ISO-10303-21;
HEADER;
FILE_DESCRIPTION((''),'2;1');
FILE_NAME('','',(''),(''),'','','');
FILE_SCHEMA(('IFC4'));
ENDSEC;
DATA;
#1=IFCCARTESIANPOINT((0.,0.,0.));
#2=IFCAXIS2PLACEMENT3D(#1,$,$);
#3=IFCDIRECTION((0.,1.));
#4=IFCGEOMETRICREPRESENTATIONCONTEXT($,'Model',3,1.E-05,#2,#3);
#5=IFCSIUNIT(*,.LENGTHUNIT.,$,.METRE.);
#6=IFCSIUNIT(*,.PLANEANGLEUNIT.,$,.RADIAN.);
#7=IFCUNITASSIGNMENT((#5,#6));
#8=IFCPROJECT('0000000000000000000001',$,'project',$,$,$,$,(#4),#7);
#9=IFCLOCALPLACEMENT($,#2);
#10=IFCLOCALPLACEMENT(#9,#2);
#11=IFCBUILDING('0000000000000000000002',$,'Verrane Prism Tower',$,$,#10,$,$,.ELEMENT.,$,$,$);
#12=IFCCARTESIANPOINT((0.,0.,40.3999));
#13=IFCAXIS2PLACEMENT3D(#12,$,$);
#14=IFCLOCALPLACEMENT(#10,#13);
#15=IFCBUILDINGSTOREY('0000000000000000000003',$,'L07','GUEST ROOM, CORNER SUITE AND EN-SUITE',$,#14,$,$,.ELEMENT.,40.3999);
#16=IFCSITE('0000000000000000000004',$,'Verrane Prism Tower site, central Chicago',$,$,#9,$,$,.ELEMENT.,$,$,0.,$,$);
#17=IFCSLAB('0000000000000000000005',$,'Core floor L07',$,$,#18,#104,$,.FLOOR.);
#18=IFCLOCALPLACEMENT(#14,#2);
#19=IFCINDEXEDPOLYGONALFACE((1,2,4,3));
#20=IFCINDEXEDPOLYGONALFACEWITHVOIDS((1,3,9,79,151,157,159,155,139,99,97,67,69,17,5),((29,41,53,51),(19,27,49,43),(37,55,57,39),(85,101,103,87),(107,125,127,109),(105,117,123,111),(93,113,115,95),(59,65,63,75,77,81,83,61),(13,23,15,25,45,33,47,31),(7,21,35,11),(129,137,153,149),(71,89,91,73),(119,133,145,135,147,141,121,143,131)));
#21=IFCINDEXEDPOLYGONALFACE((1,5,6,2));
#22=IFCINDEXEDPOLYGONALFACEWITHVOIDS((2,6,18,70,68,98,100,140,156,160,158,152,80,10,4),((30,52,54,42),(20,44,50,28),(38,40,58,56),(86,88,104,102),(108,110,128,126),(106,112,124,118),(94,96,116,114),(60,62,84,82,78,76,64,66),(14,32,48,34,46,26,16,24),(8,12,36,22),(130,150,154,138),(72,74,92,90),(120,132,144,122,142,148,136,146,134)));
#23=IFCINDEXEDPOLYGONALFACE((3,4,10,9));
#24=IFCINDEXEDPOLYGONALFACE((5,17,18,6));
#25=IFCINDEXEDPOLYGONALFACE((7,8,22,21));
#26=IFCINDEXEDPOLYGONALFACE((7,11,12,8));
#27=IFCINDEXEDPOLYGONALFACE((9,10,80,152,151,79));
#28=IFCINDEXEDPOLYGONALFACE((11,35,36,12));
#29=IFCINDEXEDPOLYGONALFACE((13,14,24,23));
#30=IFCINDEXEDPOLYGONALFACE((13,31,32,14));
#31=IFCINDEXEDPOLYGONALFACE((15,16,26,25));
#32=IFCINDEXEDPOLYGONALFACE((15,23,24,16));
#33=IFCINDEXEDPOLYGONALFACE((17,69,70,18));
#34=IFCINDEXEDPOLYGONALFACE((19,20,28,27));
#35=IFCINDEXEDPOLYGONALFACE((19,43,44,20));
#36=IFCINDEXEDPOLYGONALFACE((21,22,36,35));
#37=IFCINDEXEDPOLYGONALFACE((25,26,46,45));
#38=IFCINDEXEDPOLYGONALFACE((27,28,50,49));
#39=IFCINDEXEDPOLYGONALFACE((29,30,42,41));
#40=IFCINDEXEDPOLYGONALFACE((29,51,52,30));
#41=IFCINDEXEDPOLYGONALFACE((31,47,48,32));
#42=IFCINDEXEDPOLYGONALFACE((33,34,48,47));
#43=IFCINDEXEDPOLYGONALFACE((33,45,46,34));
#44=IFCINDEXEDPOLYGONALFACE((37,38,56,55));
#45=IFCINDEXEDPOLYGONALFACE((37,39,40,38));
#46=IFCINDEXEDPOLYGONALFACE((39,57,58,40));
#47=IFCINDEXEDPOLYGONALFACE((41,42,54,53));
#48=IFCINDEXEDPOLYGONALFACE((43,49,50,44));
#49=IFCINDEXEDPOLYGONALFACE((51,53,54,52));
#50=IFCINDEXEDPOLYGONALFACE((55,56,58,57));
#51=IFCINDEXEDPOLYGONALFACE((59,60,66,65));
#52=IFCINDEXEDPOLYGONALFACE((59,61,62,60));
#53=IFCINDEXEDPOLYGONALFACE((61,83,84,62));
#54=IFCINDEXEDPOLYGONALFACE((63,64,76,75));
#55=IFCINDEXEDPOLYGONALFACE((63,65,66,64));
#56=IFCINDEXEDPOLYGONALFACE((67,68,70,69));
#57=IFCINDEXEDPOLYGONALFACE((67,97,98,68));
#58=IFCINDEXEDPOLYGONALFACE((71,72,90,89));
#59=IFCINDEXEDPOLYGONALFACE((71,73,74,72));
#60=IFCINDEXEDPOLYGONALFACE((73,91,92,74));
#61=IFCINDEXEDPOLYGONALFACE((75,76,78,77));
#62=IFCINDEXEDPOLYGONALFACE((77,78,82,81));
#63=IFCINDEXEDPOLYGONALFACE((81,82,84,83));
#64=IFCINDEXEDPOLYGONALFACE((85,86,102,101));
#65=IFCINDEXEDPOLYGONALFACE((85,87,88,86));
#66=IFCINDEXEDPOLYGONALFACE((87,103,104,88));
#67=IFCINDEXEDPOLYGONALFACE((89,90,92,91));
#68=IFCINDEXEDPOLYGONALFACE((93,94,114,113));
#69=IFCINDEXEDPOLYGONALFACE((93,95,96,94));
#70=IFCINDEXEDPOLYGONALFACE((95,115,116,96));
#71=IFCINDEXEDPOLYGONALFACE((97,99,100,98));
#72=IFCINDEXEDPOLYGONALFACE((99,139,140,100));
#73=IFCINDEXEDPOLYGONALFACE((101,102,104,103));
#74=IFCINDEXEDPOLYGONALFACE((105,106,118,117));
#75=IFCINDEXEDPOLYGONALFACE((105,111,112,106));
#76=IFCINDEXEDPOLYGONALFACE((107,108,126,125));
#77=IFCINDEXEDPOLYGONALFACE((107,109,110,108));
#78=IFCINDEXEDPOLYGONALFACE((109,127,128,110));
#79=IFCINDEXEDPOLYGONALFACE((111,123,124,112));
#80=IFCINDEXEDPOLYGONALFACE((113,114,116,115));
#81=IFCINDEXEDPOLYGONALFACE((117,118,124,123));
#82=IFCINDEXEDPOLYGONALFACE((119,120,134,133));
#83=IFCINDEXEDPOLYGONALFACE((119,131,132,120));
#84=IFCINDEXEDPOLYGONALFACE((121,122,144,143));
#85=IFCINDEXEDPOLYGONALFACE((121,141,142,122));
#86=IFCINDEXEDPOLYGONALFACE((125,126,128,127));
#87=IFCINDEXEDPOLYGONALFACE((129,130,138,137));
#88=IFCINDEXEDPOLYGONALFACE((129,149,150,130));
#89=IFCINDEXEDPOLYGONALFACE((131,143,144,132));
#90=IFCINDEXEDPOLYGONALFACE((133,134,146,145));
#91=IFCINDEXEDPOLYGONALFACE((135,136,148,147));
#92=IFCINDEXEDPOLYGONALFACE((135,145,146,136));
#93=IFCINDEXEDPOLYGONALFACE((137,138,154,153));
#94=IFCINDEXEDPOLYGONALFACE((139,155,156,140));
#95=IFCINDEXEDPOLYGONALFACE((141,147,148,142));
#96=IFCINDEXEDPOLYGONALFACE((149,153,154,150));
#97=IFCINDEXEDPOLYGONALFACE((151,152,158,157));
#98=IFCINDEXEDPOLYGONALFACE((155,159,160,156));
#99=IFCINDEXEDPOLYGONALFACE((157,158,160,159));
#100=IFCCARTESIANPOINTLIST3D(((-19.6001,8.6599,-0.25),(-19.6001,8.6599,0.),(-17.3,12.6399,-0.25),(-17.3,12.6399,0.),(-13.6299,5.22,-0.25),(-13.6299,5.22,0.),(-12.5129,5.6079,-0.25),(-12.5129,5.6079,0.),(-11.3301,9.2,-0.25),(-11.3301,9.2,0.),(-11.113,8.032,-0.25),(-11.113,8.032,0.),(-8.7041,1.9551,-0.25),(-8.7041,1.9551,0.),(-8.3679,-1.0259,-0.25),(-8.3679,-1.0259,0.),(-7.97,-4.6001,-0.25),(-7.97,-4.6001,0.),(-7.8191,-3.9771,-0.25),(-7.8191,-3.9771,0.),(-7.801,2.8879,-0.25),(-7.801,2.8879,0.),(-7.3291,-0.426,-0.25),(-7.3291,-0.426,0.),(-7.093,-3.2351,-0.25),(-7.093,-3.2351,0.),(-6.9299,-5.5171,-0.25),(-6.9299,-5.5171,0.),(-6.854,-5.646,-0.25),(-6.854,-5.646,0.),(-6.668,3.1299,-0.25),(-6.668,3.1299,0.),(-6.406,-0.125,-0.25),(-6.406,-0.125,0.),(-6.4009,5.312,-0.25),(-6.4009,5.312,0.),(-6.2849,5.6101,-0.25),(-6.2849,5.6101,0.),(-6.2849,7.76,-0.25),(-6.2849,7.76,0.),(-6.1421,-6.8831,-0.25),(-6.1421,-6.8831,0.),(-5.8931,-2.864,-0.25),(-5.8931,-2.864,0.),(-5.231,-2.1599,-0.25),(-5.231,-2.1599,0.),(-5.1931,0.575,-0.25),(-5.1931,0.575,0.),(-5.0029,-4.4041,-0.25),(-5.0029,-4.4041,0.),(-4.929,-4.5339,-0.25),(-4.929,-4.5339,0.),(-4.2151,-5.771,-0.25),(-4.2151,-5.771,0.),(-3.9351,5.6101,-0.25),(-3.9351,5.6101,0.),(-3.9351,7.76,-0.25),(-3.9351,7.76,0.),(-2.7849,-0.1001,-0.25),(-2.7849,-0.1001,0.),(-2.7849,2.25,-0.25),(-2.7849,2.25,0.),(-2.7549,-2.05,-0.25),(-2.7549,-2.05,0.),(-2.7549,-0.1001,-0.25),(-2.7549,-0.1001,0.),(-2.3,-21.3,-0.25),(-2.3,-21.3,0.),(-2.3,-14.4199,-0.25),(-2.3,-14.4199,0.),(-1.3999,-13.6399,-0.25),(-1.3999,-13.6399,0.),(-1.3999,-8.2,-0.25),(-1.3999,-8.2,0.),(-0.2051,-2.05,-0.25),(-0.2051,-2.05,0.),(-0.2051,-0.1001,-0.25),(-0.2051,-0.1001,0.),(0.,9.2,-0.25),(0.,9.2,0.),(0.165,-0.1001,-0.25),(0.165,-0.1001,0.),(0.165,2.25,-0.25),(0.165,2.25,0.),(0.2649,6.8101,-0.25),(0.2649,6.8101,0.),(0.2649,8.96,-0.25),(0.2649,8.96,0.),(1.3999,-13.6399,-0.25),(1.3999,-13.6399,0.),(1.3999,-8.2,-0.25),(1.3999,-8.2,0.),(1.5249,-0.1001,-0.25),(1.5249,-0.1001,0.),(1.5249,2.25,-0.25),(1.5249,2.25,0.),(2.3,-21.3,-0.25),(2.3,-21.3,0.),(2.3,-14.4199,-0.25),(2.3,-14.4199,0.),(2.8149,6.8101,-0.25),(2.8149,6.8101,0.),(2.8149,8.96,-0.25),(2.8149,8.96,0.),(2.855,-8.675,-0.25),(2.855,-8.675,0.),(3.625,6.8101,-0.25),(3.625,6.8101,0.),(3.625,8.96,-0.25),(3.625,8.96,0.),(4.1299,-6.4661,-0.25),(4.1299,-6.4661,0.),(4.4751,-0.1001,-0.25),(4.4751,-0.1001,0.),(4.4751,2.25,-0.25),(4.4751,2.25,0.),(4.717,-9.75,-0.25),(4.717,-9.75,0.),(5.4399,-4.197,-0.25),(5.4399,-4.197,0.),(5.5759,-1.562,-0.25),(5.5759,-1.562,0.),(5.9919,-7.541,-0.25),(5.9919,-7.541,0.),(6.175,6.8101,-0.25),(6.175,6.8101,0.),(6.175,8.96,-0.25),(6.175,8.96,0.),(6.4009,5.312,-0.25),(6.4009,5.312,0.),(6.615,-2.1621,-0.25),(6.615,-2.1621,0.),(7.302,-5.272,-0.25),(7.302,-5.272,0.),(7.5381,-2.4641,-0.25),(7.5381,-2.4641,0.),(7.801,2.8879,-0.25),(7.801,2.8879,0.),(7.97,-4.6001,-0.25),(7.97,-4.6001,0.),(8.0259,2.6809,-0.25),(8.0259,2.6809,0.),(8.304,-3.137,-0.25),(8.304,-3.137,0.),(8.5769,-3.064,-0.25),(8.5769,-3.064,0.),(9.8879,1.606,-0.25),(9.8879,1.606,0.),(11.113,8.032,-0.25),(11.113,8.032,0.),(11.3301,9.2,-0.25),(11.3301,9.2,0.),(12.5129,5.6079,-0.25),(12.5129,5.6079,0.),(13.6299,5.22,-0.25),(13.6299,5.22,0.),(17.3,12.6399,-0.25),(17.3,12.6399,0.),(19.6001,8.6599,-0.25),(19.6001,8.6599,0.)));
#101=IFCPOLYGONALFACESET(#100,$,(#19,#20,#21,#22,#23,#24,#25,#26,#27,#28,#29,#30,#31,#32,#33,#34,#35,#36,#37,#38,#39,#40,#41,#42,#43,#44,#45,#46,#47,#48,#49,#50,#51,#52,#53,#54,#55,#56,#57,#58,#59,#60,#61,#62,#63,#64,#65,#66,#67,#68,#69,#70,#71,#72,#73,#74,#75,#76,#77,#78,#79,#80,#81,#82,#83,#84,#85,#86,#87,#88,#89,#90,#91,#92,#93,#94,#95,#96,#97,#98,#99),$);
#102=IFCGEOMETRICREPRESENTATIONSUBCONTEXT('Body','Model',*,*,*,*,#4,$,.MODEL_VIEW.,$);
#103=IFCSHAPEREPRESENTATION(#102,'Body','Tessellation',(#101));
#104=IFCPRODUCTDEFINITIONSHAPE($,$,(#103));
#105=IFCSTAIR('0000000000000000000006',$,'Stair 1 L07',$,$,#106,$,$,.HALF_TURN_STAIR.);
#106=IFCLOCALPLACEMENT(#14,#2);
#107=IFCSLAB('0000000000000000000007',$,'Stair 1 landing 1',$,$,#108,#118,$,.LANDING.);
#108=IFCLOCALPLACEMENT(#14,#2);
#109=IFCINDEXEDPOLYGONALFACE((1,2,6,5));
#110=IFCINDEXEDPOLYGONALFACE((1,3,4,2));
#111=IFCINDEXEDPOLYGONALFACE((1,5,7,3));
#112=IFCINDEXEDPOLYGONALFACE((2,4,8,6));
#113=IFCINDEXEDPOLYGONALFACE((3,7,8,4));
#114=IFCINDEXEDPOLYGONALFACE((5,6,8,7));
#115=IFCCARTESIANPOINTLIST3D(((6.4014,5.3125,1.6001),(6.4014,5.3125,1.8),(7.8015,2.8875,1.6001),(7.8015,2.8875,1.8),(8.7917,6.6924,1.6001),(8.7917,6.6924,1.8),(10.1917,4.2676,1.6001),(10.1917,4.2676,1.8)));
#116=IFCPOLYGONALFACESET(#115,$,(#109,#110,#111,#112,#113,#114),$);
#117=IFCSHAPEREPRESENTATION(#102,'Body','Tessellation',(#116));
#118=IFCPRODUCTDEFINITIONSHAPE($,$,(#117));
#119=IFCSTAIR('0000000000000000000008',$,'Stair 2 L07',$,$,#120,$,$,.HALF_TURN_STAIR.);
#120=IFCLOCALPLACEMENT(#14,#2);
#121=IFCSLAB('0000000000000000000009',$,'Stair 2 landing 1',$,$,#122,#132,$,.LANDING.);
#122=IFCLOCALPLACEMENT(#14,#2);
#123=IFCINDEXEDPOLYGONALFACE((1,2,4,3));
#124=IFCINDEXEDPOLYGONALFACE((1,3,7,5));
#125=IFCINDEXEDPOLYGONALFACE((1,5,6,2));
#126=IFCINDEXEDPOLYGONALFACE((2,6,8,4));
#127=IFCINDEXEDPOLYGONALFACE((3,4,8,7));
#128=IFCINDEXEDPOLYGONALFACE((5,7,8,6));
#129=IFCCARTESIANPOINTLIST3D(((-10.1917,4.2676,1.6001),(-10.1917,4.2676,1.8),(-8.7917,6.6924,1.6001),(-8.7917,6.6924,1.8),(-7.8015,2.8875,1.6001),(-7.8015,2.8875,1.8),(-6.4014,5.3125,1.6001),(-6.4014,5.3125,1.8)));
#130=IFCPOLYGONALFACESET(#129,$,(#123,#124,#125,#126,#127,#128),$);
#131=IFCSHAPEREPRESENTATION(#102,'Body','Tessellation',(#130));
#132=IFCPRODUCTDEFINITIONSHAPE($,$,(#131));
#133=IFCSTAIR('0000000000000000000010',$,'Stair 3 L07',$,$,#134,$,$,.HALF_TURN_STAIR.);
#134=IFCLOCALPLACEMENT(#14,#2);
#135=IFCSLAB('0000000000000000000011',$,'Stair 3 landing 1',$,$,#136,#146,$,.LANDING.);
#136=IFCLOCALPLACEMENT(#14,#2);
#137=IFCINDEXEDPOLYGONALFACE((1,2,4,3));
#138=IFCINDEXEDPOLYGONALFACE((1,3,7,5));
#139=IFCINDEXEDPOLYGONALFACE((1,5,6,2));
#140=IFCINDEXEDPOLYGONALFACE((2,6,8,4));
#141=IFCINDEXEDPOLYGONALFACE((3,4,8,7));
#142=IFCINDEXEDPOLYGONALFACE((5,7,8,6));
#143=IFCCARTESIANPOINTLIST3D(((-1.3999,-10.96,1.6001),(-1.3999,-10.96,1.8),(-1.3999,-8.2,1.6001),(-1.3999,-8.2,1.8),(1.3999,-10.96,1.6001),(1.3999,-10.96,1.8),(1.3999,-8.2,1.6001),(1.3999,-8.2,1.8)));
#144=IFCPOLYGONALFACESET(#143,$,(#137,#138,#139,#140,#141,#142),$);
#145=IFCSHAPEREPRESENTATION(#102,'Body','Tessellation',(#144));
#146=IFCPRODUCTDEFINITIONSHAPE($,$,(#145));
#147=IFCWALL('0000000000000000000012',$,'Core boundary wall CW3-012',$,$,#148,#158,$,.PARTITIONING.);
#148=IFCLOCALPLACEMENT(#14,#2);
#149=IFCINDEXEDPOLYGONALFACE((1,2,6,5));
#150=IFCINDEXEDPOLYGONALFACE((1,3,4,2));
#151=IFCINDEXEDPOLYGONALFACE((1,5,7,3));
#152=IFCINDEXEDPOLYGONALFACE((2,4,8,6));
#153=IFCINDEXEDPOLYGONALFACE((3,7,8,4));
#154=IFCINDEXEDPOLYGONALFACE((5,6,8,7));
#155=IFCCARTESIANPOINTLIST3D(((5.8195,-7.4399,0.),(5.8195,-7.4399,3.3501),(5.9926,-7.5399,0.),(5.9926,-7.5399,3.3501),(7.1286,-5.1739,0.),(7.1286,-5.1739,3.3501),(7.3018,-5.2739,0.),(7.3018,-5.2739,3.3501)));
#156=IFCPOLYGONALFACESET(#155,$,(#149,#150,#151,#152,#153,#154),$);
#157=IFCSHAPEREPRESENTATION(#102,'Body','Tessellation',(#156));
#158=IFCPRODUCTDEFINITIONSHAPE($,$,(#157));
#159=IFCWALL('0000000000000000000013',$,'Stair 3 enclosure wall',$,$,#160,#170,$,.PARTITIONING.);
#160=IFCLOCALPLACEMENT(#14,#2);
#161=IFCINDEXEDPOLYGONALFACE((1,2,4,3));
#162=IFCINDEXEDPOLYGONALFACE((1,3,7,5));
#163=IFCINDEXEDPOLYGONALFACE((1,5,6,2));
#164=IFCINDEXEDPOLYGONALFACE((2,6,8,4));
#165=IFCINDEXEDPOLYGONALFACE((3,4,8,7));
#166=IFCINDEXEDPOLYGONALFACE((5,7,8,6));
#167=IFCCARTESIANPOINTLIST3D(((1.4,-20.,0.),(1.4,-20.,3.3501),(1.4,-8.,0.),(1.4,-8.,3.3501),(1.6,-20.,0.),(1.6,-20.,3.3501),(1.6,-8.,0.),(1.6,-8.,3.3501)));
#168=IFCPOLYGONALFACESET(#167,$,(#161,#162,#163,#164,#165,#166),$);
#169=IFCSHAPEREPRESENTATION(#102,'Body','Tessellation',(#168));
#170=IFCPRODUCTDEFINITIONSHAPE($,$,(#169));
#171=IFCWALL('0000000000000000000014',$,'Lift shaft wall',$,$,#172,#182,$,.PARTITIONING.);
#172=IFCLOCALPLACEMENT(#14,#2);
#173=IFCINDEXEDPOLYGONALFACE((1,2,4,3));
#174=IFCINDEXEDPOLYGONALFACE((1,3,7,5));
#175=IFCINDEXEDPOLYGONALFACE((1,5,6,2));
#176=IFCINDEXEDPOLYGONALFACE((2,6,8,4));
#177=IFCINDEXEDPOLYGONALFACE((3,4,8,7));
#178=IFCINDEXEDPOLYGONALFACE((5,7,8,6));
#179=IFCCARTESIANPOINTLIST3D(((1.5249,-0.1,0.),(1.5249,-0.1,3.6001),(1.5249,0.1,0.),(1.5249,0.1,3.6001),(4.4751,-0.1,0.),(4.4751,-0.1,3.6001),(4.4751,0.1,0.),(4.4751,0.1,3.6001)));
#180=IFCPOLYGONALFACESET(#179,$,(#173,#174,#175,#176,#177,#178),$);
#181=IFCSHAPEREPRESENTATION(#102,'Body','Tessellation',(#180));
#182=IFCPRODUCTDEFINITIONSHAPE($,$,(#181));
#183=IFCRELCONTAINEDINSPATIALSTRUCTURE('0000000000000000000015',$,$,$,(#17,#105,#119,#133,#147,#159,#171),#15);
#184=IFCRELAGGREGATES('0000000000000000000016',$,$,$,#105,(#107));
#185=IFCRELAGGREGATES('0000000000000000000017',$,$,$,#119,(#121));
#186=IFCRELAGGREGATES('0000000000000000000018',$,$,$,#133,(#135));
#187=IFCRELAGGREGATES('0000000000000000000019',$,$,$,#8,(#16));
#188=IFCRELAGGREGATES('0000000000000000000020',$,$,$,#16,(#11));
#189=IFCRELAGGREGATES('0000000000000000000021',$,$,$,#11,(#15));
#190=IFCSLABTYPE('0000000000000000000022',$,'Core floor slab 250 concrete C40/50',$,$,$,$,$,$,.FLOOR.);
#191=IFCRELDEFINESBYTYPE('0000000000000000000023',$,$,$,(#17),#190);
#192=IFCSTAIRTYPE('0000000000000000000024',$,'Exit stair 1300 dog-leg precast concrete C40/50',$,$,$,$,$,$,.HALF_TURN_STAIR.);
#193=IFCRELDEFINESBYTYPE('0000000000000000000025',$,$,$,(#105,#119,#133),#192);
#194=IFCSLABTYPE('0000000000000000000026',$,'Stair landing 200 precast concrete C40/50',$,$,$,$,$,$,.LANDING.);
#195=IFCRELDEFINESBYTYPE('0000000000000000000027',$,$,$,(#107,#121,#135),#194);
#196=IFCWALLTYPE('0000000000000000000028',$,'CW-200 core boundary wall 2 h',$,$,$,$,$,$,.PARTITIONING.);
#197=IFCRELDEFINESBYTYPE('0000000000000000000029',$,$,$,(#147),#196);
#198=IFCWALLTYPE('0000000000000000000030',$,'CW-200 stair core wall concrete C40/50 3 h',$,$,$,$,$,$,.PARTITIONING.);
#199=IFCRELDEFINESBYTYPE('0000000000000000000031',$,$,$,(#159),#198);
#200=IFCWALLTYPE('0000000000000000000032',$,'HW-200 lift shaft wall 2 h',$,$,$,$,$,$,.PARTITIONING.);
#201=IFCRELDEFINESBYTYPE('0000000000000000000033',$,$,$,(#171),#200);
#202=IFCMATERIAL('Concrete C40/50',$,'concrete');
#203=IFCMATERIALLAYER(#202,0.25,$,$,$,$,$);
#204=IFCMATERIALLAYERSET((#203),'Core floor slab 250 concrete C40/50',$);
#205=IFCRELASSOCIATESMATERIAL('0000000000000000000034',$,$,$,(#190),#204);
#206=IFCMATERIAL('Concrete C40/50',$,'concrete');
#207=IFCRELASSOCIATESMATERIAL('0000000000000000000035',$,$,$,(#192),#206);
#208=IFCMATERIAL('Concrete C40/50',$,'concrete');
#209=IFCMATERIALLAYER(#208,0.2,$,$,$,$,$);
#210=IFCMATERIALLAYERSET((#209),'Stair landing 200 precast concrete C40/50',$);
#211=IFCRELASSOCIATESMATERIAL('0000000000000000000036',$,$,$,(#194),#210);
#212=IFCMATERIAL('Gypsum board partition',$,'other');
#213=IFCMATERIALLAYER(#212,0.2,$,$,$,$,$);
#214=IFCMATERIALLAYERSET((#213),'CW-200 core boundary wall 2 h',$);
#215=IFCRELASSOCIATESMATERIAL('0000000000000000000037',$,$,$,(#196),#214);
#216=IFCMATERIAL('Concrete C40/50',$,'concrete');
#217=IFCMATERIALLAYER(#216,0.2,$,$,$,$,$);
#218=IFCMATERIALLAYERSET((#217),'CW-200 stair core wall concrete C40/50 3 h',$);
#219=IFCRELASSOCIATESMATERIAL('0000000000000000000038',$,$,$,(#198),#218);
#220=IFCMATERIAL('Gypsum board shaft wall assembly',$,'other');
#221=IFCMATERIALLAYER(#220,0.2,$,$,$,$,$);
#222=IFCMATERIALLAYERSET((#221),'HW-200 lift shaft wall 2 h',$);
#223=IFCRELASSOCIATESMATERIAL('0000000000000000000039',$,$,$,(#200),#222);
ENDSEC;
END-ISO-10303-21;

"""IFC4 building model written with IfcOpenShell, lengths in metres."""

from ifc_helpers import new_model, si_unit, direction, frame, frame_2d, origin, place, context, subcontext, project, spatial, polyline, rectangle, outline, extrude, material, layer, layer_set, type_object, element, aggregate, save


model = new_model("IFC4")

# Units and contexts
model_context = context("Model", 3, precision=1e-05, world=origin(), true_north=direction((0.0, 1.0)))
body_context = subcontext(model_context, "Body", "Model", "MODEL_VIEW")
ifc_project = project(units=[si_unit("LENGTHUNIT", "METRE"), si_unit("PLANEANGLEUNIT", "RADIAN")], contexts=[model_context])

# Site, building, storey
site_placement = place(None, origin())
site = spatial("IfcSite", under=ifc_project, at=site_placement, Name="Verrane Prism Tower site, central Chicago", CompositionType="ELEMENT", RefElevation=0.0)
building_placement = place(site_placement, origin())
building = spatial("IfcBuilding", under=site, at=building_placement, Name="Verrane Prism Tower", CompositionType="ELEMENT")
storey_placement = place(building_placement, frame((0.0, 0.0, 40.3999)))
storey = spatial("IfcBuildingStorey", under=building, at=storey_placement, Name="L07", Description="GUEST ROOM, CORNER SUITE AND EN-SUITE", CompositionType="ELEMENT", Elevation=40.3999)

# Slab
ifc_material_1 = material(Name="Concrete C40/50", Category="concrete")
ifc_layer_1 = layer(ifc_material_1, 0.25)
ifc_layer_set_1 = layer_set([ifc_layer_1], Name="Core floor slab 250 concrete C40/50")
slab_type_1 = type_object("IfcSlabType", Name="Core floor slab 250 concrete C40/50", PredefinedType="FLOOR", material=ifc_layer_set_1)
slab_1_placement = place(storey_placement, frame((0.0, 0.0, -0.25)))
element("IfcSlab", 1, at=slab_1_placement, inside=storey, type_object=slab_type_1, Name="Core floor L07", PredefinedType="FLOOR", context=body_context, shape_type="SweptSolid", body=[
    extrude(outline(polyline([(13.6299, 5.22), (19.6001, 8.6599), (17.3, 12.6399), (11.3301, 9.2), (0.0, 9.2), (-11.3301, 9.2), (-17.3, 12.6399), (-19.6001, 8.6599), (-13.6299, 5.22), (-7.97, -4.6001), (-2.3, -14.4199), (-2.3, -21.3), (2.3, -21.3), (2.3, -14.4199), (7.97, -4.6001), (13.6299, 5.22)]), holes=[polyline([(1.3999, -8.2), (1.3999, -13.6399), (-1.3999, -13.6399), (-1.3999, -8.2), (1.3999, -8.2)]), polyline([(-4.2151, -5.771), (-6.1421, -6.8831), (-6.854, -5.646), (-4.929, -4.5339), (-4.2151, -5.771)]), polyline([(-5.0029, -4.4041), (-6.9299, -5.5171), (-7.8191, -3.9771), (-5.8931, -2.864), (-5.0029, -4.4041)]), polyline([(0.165, 2.25), (0.165, -0.1001), (-0.2051, -0.1001), (-0.2051, -2.05), (-2.7549, -2.05), (-2.7549, -0.1001), (-2.7849, -0.1001), (-2.7849, 2.25), (0.165, 2.25)]), polyline([(-12.5129, 5.6079), (-11.113, 8.032), (-6.4009, 5.312), (-7.801, 2.8879), (-12.5129, 5.6079)]), polyline([(-6.2849, 5.6101), (-6.2849, 7.76), (-3.9351, 7.76), (-3.9351, 5.6101), (-6.2849, 5.6101)]), polyline([(4.717, -9.75), (2.855, -8.675), (4.1299, -6.4661), (5.9919, -7.541), (4.717, -9.75)]), polyline([(8.304, -3.137), (5.5759, -1.562), (8.0259, 2.6809), (9.8879, 1.606), (7.5381, -2.4641), (8.5769, -3.064), (7.302, -5.272), (5.4399, -4.197), (6.615, -2.1621), (8.304, -3.137)]), polyline([(1.5249, -0.1001), (1.5249, 2.25), (4.4751, 2.25), (4.4751, -0.1001), (1.5249, -0.1001)]), polyline([(6.4009, 5.312), (11.113, 8.032), (12.5129, 5.6079), (7.801, 2.8879), (6.4009, 5.312)]), polyline([(0.2649, 6.8101), (0.2649, 8.96), (2.8149, 8.96), (2.8149, 6.8101), (0.2649, 6.8101)]), polyline([(3.625, 6.8101), (3.625, 8.96), (6.175, 8.96), (6.175, 6.8101), (3.625, 6.8101)]), polyline([(-5.231, -2.1599), (-7.093, -3.2351), (-8.3679, -1.0259), (-7.3291, -0.426), (-8.7041, 1.9551), (-6.668, 3.1299), (-5.1931, 0.575), (-6.406, -0.125), (-5.231, -2.1599)])]), origin(), (0.0, 0.0, 1.0), 0.25),
])

# Stairs, slabs
ifc_material_2 = material(Name="Concrete C40/50", Category="concrete")
stair_type = type_object("IfcStairType", Name="Exit stair 1300 dog-leg precast concrete C40/50", PredefinedType="HALF_TURN_STAIR", material=ifc_material_2)
stair_1_placement = place(storey_placement, origin())
stair_1 = element("IfcStair", 2, at=stair_1_placement, inside=storey, type_object=stair_type, Name="Stair 1 L07", PredefinedType="HALF_TURN_STAIR")
ifc_material_3 = material(Name="Concrete C40/50", Category="concrete")
ifc_layer_2 = layer(ifc_material_3, 0.2)
ifc_layer_set_2 = layer_set([ifc_layer_2], Name="Stair landing 200 precast concrete C40/50")
slab_type_2 = type_object("IfcSlabType", Name="Stair landing 200 precast concrete C40/50", PredefinedType="LANDING", material=ifc_layer_set_2)
slab_2_placement = place(storey_placement, frame((0.0, 0.0, 1.6001)))
slab_2 = element("IfcSlab", 3, at=slab_2_placement, type_object=slab_type_2, Name="Stair 1 landing 1", PredefinedType="LANDING", context=body_context, shape_type="SweptSolid", body=[
    extrude(outline(polyline([(8.7917, 6.6924), (6.4014, 5.3125), (7.8015, 2.8875), (10.1917, 4.2676), (8.7917, 6.6924)])), origin(), (0.0, 0.0, 1.0), 0.2),
])
aggregate(stair_1, [slab_2])
stair_2_placement = place(storey_placement, origin())
stair_2 = element("IfcStair", 4, at=stair_2_placement, inside=storey, type_object=stair_type, Name="Stair 2 L07", PredefinedType="HALF_TURN_STAIR")
slab_3_placement = place(storey_placement, frame((0.0, 0.0, 1.6001)))
slab_3 = element("IfcSlab", 5, at=slab_3_placement, type_object=slab_type_2, Name="Stair 2 landing 1", PredefinedType="LANDING", context=body_context, shape_type="SweptSolid", body=[
    extrude(outline(polyline([(-10.1917, 4.2676), (-7.8015, 2.8875), (-6.4014, 5.3125), (-8.7917, 6.6924), (-10.1917, 4.2676)])), origin(), (0.0, 0.0, 1.0), 0.2),
])
aggregate(stair_2, [slab_3])
stair_3_placement = place(storey_placement, origin())
stair_3 = element("IfcStair", 6, at=stair_3_placement, inside=storey, type_object=stair_type, Name="Stair 3 L07", PredefinedType="HALF_TURN_STAIR")
slab_4_placement = place(storey_placement, frame((0.0, 0.0, 1.6001)))
slab_4 = element("IfcSlab", 7, at=slab_4_placement, type_object=slab_type_2, Name="Stair 3 landing 1", PredefinedType="LANDING", context=body_context, shape_type="SweptSolid", body=[
    extrude(outline(polyline([(1.3999, -10.96), (1.3999, -8.2), (-1.3999, -8.2), (-1.3999, -10.96), (1.3999, -10.96)])), origin(), (0.0, 0.0, 1.0), 0.2),
])
aggregate(stair_3, [slab_4])

# Walls
ifc_material_4 = material(Name="Gypsum board partition", Category="other")
ifc_layer_3 = layer(ifc_material_4, 0.2)
ifc_layer_set_3 = layer_set([ifc_layer_3], Name="CW-200 core boundary wall 2 h")
wall_type_1 = type_object("IfcWallType", Name="CW-200 core boundary wall 2 h", PredefinedType="PARTITIONING", material=ifc_layer_set_3)
wall_1_placement = place(storey_placement, frame((5.906, -7.49, 0.0), z_axis=(0.0, 0.0, 1.0), x_axis=(0.500253, 0.865879, 0.0)))
element("IfcWall", 8, at=wall_1_placement, inside=storey, type_object=wall_type_1, Name="Core boundary wall CW3-012", PredefinedType="PARTITIONING", context=body_context, shape_type="SweptSolid", body=[
    extrude(rectangle(XDim=2.6169, YDim=0.2, at=frame_2d((1.3086, 0.0))), origin(), (0.0, 0.0, 1.0), 3.3501),
])
ifc_material_5 = material(Name="Concrete C40/50", Category="concrete")
ifc_layer_4 = layer(ifc_material_5, 0.2)
ifc_layer_set_4 = layer_set([ifc_layer_4], Name="CW-200 stair core wall concrete C40/50 3 h")
wall_type_2 = type_object("IfcWallType", Name="CW-200 stair core wall concrete C40/50 3 h", PredefinedType="PARTITIONING", material=ifc_layer_set_4)
wall_2_placement = place(storey_placement, frame((1.5, -8.0, 0.0), z_axis=(0.0, 0.0, 1.0), x_axis=(0.0, -1.0, 0.0)))
element("IfcWall", 9, at=wall_2_placement, inside=storey, type_object=wall_type_2, Name="Stair 3 enclosure wall", PredefinedType="PARTITIONING", context=body_context, shape_type="SweptSolid", body=[
    extrude(rectangle(XDim=12.0, YDim=0.2, at=frame_2d((6.0, 0.0))), origin(), (0.0, 0.0, 1.0), 3.3501),
])
ifc_material_6 = material(Name="Gypsum board shaft wall assembly", Category="other")
ifc_layer_5 = layer(ifc_material_6, 0.2)
ifc_layer_set_5 = layer_set([ifc_layer_5], Name="HW-200 lift shaft wall 2 h")
wall_type_3 = type_object("IfcWallType", Name="HW-200 lift shaft wall 2 h", PredefinedType="PARTITIONING", material=ifc_layer_set_5)
wall_3_placement = place(storey_placement, frame((1.5249, 0.0, 0.0), z_axis=(0.0, 0.0, 1.0), x_axis=(1.0, 0.0, 0.0)))
element("IfcWall", 10, at=wall_3_placement, inside=storey, type_object=wall_type_3, Name="Lift shaft wall", PredefinedType="PARTITIONING", context=body_context, shape_type="SweptSolid", body=[
    extrude(rectangle(XDim=2.9502, YDim=0.2, at=frame_2d((1.4751, 0.0))), origin(), (0.0, 0.0, 1.0), 3.6001),
])

save(model, "model.ifc")
